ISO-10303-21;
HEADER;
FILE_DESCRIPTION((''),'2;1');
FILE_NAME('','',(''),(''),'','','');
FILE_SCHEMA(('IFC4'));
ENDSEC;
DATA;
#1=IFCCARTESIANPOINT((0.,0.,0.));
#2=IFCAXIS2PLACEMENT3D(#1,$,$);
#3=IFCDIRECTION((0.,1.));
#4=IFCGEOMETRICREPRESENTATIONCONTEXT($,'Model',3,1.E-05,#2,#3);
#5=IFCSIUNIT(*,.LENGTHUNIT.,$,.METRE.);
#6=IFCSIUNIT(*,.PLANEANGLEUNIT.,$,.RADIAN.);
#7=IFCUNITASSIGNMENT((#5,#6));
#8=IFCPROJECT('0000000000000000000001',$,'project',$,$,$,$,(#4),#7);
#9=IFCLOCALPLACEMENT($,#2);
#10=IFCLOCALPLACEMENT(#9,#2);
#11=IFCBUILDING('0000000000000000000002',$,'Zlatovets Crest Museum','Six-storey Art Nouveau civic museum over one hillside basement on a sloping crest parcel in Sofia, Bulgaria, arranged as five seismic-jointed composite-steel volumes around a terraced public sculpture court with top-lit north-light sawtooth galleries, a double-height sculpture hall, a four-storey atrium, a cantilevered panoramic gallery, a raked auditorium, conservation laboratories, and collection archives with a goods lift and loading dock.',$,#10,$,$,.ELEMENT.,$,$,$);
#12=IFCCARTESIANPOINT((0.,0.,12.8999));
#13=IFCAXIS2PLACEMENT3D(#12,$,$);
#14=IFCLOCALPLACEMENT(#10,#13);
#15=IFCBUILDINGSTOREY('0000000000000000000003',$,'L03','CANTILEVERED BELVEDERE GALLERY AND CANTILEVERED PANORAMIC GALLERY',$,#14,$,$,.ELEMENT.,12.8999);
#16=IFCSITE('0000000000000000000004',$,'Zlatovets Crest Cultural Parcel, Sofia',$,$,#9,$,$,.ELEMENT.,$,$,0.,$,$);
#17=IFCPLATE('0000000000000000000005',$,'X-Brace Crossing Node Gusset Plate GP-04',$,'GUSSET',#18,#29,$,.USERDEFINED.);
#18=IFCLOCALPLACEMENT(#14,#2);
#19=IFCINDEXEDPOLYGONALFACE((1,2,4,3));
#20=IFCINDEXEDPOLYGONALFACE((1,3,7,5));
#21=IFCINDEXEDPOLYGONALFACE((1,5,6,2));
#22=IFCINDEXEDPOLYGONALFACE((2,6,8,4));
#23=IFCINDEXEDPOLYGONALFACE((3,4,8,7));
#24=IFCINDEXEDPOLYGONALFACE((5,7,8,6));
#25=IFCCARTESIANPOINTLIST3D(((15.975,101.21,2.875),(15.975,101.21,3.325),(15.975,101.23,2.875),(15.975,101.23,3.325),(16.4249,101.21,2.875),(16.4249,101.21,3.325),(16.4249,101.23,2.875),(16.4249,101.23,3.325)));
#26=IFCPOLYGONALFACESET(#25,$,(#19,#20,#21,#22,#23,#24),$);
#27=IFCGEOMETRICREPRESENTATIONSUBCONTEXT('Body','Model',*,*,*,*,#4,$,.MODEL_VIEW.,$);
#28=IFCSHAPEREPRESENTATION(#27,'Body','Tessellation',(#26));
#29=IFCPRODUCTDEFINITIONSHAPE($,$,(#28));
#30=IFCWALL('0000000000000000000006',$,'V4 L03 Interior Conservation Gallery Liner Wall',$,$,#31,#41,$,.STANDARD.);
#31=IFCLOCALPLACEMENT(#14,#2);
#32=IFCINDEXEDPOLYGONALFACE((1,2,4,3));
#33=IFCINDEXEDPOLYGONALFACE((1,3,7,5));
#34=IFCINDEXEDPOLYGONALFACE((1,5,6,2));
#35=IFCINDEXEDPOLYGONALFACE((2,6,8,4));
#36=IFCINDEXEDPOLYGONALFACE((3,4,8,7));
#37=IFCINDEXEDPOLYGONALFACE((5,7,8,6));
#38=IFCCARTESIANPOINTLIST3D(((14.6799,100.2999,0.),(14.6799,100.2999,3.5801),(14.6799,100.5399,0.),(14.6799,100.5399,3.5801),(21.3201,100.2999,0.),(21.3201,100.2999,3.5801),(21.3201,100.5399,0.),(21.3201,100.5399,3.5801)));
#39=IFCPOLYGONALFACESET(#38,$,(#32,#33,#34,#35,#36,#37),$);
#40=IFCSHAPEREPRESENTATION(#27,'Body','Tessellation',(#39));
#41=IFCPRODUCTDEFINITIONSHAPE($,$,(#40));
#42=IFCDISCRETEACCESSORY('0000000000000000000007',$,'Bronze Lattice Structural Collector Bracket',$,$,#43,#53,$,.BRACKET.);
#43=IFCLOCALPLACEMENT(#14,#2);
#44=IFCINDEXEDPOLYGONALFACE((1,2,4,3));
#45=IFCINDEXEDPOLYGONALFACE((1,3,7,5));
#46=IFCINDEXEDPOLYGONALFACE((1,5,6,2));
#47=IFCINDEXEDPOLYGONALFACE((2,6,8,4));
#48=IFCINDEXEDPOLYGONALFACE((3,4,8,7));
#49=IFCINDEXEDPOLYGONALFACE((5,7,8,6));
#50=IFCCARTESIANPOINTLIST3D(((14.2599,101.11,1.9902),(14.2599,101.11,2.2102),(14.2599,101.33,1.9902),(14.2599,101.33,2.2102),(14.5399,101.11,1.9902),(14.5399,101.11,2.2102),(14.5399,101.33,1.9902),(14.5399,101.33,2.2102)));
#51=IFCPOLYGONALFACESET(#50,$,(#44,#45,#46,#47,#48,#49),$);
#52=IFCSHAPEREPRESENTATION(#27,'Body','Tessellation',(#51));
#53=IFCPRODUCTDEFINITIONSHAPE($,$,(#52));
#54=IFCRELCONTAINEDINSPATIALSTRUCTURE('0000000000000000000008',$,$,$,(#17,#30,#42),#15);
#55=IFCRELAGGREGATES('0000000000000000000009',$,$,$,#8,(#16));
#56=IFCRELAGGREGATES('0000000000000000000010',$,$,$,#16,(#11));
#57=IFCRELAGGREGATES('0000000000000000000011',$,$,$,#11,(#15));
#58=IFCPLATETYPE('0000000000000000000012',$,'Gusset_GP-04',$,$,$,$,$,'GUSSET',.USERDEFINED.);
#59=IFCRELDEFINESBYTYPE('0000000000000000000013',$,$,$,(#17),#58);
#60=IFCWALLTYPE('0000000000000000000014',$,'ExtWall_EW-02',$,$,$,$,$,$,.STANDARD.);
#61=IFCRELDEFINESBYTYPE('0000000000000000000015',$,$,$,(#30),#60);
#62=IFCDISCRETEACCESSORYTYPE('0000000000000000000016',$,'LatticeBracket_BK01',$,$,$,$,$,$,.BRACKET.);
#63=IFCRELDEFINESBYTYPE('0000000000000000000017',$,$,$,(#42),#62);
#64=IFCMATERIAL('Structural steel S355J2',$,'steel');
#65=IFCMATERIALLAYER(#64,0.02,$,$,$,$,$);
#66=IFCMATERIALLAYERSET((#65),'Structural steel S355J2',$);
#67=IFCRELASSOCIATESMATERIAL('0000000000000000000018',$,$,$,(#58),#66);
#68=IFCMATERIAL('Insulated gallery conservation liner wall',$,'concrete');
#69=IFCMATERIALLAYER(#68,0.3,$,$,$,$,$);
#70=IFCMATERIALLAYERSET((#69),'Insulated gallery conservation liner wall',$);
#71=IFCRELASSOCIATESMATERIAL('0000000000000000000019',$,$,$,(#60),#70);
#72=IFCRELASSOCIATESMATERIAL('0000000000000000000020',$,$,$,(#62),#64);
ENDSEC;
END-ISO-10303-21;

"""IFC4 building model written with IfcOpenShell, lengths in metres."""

from ifc_helpers import new_model, si_unit, direction, frame, frame_2d, origin, origin_2d, place, context, subcontext, project, spatial, rectangle, extrude, material, layer, layer_set, type_object, element, save


model = new_model("IFC4")

# Units and contexts
model_context = context("Model", 3, precision=1e-05, world=origin(), true_north=direction((0.0, 1.0)))
body_context = subcontext(model_context, "Body", "Model", "MODEL_VIEW")
ifc_project = project(units=[si_unit("LENGTHUNIT", "METRE"), si_unit("PLANEANGLEUNIT", "RADIAN")], contexts=[model_context])

# Site, building, storey
site_placement = place(None, origin())
site = spatial("IfcSite", under=ifc_project, at=site_placement, Name="Zlatovets Crest Cultural Parcel, Sofia", CompositionType="ELEMENT", RefElevation=0.0)
building_placement = place(site_placement, origin())
building = spatial("IfcBuilding", under=site, at=building_placement, Name="Zlatovets Crest Museum", Description="Six-storey Art Nouveau civic museum over one hillside basement on a sloping crest parcel in Sofia, Bulgaria, arranged as five seismic-jointed composite-steel volumes around a terraced public sculpture court with top-lit north-light sawtooth galleries, a double-height sculpture hall, a four-storey atrium, a cantilevered panoramic gallery, a raked auditorium, conservation laboratories, and collection archives with a goods lift and loading dock.", CompositionType="ELEMENT")
storey_placement = place(building_placement, frame((0.0, 0.0, 12.8999)))
storey = spatial("IfcBuildingStorey", under=building, at=storey_placement, Name="L03", Description="CANTILEVERED BELVEDERE GALLERY AND CANTILEVERED PANORAMIC GALLERY", CompositionType="ELEMENT", Elevation=12.8999)

# Shared definitions
ifc_material_1 = material(Name="Structural steel S355J2", Category="steel")

# Plate
ifc_layer_1 = layer(ifc_material_1, 0.02)
ifc_layer_set_1 = layer_set([ifc_layer_1], Name="Structural steel S355J2")
plate_type_1 = type_object("IfcPlateType", Name="Gusset_GP-04", ElementType="GUSSET", PredefinedType="USERDEFINED", material=ifc_layer_set_1)
for number, where, z_axis, x_axis, name in (
    (1, (16.2, 101.22, 2.875), (0.0, 0.0, 1.0), (1.0, 0.0, 0.0), "X-Brace Crossing Node Gusset Plate GP-04"),
):
    element("IfcPlate", number, at=place(storey_placement, frame(where, z_axis=z_axis, x_axis=x_axis)), inside=storey, type_object=plate_type_1, Name=name, ObjectType="GUSSET", PredefinedType="USERDEFINED", context=body_context, shape_type="SweptSolid", body=[
        extrude(rectangle(XDim=0.45, YDim=0.02, at=origin_2d()), origin(), (0.0, 0.0, 1.0), 0.45),
    ])

# Wall
ifc_material_2 = material(Name="Insulated gallery conservation liner wall", Category="concrete")
ifc_layer_2 = layer(ifc_material_2, 0.3)
ifc_layer_set_2 = layer_set([ifc_layer_2], Name="Insulated gallery conservation liner wall")
wall_type = type_object("IfcWallType", Name="ExtWall_EW-02", PredefinedType="STANDARD", material=ifc_layer_set_2)
wall_placement = place(storey_placement, frame((21.3201, 100.4199, 0.0), z_axis=(0.0, 0.0, 1.0), x_axis=(-1.0, 0.0, 0.0)))
element("IfcWall", 2, at=wall_placement, inside=storey, type_object=wall_type, Name="V4 L03 Interior Conservation Gallery Liner Wall", PredefinedType="STANDARD", context=body_context, shape_type="SweptSolid", body=[
    extrude(rectangle(XDim=6.6401, YDim=0.24, at=frame_2d((3.3201, 0.0))), origin(), (0.0, 0.0, 1.0), 3.5801),
])

# Discrete accessory
discrete_accessory_type = type_object("IfcDiscreteAccessoryType", Name="LatticeBracket_BK01", PredefinedType="BRACKET", material=ifc_material_1)
discrete_accessory_placement = place(storey_placement, frame((14.3999, 101.22, 1.9902), z_axis=(0.0, 0.0, 1.0), x_axis=(1.0, 0.0, 0.0)))
element("IfcDiscreteAccessory", 3, at=discrete_accessory_placement, inside=storey, type_object=discrete_accessory_type, Name="Bronze Lattice Structural Collector Bracket", PredefinedType="BRACKET", context=body_context, shape_type="SweptSolid", body=[
    extrude(rectangle(XDim=0.28, YDim=0.22, at=origin_2d()), origin(), (0.0, 0.0, 1.0), 0.22),
])

save(model, "model.ifc")
